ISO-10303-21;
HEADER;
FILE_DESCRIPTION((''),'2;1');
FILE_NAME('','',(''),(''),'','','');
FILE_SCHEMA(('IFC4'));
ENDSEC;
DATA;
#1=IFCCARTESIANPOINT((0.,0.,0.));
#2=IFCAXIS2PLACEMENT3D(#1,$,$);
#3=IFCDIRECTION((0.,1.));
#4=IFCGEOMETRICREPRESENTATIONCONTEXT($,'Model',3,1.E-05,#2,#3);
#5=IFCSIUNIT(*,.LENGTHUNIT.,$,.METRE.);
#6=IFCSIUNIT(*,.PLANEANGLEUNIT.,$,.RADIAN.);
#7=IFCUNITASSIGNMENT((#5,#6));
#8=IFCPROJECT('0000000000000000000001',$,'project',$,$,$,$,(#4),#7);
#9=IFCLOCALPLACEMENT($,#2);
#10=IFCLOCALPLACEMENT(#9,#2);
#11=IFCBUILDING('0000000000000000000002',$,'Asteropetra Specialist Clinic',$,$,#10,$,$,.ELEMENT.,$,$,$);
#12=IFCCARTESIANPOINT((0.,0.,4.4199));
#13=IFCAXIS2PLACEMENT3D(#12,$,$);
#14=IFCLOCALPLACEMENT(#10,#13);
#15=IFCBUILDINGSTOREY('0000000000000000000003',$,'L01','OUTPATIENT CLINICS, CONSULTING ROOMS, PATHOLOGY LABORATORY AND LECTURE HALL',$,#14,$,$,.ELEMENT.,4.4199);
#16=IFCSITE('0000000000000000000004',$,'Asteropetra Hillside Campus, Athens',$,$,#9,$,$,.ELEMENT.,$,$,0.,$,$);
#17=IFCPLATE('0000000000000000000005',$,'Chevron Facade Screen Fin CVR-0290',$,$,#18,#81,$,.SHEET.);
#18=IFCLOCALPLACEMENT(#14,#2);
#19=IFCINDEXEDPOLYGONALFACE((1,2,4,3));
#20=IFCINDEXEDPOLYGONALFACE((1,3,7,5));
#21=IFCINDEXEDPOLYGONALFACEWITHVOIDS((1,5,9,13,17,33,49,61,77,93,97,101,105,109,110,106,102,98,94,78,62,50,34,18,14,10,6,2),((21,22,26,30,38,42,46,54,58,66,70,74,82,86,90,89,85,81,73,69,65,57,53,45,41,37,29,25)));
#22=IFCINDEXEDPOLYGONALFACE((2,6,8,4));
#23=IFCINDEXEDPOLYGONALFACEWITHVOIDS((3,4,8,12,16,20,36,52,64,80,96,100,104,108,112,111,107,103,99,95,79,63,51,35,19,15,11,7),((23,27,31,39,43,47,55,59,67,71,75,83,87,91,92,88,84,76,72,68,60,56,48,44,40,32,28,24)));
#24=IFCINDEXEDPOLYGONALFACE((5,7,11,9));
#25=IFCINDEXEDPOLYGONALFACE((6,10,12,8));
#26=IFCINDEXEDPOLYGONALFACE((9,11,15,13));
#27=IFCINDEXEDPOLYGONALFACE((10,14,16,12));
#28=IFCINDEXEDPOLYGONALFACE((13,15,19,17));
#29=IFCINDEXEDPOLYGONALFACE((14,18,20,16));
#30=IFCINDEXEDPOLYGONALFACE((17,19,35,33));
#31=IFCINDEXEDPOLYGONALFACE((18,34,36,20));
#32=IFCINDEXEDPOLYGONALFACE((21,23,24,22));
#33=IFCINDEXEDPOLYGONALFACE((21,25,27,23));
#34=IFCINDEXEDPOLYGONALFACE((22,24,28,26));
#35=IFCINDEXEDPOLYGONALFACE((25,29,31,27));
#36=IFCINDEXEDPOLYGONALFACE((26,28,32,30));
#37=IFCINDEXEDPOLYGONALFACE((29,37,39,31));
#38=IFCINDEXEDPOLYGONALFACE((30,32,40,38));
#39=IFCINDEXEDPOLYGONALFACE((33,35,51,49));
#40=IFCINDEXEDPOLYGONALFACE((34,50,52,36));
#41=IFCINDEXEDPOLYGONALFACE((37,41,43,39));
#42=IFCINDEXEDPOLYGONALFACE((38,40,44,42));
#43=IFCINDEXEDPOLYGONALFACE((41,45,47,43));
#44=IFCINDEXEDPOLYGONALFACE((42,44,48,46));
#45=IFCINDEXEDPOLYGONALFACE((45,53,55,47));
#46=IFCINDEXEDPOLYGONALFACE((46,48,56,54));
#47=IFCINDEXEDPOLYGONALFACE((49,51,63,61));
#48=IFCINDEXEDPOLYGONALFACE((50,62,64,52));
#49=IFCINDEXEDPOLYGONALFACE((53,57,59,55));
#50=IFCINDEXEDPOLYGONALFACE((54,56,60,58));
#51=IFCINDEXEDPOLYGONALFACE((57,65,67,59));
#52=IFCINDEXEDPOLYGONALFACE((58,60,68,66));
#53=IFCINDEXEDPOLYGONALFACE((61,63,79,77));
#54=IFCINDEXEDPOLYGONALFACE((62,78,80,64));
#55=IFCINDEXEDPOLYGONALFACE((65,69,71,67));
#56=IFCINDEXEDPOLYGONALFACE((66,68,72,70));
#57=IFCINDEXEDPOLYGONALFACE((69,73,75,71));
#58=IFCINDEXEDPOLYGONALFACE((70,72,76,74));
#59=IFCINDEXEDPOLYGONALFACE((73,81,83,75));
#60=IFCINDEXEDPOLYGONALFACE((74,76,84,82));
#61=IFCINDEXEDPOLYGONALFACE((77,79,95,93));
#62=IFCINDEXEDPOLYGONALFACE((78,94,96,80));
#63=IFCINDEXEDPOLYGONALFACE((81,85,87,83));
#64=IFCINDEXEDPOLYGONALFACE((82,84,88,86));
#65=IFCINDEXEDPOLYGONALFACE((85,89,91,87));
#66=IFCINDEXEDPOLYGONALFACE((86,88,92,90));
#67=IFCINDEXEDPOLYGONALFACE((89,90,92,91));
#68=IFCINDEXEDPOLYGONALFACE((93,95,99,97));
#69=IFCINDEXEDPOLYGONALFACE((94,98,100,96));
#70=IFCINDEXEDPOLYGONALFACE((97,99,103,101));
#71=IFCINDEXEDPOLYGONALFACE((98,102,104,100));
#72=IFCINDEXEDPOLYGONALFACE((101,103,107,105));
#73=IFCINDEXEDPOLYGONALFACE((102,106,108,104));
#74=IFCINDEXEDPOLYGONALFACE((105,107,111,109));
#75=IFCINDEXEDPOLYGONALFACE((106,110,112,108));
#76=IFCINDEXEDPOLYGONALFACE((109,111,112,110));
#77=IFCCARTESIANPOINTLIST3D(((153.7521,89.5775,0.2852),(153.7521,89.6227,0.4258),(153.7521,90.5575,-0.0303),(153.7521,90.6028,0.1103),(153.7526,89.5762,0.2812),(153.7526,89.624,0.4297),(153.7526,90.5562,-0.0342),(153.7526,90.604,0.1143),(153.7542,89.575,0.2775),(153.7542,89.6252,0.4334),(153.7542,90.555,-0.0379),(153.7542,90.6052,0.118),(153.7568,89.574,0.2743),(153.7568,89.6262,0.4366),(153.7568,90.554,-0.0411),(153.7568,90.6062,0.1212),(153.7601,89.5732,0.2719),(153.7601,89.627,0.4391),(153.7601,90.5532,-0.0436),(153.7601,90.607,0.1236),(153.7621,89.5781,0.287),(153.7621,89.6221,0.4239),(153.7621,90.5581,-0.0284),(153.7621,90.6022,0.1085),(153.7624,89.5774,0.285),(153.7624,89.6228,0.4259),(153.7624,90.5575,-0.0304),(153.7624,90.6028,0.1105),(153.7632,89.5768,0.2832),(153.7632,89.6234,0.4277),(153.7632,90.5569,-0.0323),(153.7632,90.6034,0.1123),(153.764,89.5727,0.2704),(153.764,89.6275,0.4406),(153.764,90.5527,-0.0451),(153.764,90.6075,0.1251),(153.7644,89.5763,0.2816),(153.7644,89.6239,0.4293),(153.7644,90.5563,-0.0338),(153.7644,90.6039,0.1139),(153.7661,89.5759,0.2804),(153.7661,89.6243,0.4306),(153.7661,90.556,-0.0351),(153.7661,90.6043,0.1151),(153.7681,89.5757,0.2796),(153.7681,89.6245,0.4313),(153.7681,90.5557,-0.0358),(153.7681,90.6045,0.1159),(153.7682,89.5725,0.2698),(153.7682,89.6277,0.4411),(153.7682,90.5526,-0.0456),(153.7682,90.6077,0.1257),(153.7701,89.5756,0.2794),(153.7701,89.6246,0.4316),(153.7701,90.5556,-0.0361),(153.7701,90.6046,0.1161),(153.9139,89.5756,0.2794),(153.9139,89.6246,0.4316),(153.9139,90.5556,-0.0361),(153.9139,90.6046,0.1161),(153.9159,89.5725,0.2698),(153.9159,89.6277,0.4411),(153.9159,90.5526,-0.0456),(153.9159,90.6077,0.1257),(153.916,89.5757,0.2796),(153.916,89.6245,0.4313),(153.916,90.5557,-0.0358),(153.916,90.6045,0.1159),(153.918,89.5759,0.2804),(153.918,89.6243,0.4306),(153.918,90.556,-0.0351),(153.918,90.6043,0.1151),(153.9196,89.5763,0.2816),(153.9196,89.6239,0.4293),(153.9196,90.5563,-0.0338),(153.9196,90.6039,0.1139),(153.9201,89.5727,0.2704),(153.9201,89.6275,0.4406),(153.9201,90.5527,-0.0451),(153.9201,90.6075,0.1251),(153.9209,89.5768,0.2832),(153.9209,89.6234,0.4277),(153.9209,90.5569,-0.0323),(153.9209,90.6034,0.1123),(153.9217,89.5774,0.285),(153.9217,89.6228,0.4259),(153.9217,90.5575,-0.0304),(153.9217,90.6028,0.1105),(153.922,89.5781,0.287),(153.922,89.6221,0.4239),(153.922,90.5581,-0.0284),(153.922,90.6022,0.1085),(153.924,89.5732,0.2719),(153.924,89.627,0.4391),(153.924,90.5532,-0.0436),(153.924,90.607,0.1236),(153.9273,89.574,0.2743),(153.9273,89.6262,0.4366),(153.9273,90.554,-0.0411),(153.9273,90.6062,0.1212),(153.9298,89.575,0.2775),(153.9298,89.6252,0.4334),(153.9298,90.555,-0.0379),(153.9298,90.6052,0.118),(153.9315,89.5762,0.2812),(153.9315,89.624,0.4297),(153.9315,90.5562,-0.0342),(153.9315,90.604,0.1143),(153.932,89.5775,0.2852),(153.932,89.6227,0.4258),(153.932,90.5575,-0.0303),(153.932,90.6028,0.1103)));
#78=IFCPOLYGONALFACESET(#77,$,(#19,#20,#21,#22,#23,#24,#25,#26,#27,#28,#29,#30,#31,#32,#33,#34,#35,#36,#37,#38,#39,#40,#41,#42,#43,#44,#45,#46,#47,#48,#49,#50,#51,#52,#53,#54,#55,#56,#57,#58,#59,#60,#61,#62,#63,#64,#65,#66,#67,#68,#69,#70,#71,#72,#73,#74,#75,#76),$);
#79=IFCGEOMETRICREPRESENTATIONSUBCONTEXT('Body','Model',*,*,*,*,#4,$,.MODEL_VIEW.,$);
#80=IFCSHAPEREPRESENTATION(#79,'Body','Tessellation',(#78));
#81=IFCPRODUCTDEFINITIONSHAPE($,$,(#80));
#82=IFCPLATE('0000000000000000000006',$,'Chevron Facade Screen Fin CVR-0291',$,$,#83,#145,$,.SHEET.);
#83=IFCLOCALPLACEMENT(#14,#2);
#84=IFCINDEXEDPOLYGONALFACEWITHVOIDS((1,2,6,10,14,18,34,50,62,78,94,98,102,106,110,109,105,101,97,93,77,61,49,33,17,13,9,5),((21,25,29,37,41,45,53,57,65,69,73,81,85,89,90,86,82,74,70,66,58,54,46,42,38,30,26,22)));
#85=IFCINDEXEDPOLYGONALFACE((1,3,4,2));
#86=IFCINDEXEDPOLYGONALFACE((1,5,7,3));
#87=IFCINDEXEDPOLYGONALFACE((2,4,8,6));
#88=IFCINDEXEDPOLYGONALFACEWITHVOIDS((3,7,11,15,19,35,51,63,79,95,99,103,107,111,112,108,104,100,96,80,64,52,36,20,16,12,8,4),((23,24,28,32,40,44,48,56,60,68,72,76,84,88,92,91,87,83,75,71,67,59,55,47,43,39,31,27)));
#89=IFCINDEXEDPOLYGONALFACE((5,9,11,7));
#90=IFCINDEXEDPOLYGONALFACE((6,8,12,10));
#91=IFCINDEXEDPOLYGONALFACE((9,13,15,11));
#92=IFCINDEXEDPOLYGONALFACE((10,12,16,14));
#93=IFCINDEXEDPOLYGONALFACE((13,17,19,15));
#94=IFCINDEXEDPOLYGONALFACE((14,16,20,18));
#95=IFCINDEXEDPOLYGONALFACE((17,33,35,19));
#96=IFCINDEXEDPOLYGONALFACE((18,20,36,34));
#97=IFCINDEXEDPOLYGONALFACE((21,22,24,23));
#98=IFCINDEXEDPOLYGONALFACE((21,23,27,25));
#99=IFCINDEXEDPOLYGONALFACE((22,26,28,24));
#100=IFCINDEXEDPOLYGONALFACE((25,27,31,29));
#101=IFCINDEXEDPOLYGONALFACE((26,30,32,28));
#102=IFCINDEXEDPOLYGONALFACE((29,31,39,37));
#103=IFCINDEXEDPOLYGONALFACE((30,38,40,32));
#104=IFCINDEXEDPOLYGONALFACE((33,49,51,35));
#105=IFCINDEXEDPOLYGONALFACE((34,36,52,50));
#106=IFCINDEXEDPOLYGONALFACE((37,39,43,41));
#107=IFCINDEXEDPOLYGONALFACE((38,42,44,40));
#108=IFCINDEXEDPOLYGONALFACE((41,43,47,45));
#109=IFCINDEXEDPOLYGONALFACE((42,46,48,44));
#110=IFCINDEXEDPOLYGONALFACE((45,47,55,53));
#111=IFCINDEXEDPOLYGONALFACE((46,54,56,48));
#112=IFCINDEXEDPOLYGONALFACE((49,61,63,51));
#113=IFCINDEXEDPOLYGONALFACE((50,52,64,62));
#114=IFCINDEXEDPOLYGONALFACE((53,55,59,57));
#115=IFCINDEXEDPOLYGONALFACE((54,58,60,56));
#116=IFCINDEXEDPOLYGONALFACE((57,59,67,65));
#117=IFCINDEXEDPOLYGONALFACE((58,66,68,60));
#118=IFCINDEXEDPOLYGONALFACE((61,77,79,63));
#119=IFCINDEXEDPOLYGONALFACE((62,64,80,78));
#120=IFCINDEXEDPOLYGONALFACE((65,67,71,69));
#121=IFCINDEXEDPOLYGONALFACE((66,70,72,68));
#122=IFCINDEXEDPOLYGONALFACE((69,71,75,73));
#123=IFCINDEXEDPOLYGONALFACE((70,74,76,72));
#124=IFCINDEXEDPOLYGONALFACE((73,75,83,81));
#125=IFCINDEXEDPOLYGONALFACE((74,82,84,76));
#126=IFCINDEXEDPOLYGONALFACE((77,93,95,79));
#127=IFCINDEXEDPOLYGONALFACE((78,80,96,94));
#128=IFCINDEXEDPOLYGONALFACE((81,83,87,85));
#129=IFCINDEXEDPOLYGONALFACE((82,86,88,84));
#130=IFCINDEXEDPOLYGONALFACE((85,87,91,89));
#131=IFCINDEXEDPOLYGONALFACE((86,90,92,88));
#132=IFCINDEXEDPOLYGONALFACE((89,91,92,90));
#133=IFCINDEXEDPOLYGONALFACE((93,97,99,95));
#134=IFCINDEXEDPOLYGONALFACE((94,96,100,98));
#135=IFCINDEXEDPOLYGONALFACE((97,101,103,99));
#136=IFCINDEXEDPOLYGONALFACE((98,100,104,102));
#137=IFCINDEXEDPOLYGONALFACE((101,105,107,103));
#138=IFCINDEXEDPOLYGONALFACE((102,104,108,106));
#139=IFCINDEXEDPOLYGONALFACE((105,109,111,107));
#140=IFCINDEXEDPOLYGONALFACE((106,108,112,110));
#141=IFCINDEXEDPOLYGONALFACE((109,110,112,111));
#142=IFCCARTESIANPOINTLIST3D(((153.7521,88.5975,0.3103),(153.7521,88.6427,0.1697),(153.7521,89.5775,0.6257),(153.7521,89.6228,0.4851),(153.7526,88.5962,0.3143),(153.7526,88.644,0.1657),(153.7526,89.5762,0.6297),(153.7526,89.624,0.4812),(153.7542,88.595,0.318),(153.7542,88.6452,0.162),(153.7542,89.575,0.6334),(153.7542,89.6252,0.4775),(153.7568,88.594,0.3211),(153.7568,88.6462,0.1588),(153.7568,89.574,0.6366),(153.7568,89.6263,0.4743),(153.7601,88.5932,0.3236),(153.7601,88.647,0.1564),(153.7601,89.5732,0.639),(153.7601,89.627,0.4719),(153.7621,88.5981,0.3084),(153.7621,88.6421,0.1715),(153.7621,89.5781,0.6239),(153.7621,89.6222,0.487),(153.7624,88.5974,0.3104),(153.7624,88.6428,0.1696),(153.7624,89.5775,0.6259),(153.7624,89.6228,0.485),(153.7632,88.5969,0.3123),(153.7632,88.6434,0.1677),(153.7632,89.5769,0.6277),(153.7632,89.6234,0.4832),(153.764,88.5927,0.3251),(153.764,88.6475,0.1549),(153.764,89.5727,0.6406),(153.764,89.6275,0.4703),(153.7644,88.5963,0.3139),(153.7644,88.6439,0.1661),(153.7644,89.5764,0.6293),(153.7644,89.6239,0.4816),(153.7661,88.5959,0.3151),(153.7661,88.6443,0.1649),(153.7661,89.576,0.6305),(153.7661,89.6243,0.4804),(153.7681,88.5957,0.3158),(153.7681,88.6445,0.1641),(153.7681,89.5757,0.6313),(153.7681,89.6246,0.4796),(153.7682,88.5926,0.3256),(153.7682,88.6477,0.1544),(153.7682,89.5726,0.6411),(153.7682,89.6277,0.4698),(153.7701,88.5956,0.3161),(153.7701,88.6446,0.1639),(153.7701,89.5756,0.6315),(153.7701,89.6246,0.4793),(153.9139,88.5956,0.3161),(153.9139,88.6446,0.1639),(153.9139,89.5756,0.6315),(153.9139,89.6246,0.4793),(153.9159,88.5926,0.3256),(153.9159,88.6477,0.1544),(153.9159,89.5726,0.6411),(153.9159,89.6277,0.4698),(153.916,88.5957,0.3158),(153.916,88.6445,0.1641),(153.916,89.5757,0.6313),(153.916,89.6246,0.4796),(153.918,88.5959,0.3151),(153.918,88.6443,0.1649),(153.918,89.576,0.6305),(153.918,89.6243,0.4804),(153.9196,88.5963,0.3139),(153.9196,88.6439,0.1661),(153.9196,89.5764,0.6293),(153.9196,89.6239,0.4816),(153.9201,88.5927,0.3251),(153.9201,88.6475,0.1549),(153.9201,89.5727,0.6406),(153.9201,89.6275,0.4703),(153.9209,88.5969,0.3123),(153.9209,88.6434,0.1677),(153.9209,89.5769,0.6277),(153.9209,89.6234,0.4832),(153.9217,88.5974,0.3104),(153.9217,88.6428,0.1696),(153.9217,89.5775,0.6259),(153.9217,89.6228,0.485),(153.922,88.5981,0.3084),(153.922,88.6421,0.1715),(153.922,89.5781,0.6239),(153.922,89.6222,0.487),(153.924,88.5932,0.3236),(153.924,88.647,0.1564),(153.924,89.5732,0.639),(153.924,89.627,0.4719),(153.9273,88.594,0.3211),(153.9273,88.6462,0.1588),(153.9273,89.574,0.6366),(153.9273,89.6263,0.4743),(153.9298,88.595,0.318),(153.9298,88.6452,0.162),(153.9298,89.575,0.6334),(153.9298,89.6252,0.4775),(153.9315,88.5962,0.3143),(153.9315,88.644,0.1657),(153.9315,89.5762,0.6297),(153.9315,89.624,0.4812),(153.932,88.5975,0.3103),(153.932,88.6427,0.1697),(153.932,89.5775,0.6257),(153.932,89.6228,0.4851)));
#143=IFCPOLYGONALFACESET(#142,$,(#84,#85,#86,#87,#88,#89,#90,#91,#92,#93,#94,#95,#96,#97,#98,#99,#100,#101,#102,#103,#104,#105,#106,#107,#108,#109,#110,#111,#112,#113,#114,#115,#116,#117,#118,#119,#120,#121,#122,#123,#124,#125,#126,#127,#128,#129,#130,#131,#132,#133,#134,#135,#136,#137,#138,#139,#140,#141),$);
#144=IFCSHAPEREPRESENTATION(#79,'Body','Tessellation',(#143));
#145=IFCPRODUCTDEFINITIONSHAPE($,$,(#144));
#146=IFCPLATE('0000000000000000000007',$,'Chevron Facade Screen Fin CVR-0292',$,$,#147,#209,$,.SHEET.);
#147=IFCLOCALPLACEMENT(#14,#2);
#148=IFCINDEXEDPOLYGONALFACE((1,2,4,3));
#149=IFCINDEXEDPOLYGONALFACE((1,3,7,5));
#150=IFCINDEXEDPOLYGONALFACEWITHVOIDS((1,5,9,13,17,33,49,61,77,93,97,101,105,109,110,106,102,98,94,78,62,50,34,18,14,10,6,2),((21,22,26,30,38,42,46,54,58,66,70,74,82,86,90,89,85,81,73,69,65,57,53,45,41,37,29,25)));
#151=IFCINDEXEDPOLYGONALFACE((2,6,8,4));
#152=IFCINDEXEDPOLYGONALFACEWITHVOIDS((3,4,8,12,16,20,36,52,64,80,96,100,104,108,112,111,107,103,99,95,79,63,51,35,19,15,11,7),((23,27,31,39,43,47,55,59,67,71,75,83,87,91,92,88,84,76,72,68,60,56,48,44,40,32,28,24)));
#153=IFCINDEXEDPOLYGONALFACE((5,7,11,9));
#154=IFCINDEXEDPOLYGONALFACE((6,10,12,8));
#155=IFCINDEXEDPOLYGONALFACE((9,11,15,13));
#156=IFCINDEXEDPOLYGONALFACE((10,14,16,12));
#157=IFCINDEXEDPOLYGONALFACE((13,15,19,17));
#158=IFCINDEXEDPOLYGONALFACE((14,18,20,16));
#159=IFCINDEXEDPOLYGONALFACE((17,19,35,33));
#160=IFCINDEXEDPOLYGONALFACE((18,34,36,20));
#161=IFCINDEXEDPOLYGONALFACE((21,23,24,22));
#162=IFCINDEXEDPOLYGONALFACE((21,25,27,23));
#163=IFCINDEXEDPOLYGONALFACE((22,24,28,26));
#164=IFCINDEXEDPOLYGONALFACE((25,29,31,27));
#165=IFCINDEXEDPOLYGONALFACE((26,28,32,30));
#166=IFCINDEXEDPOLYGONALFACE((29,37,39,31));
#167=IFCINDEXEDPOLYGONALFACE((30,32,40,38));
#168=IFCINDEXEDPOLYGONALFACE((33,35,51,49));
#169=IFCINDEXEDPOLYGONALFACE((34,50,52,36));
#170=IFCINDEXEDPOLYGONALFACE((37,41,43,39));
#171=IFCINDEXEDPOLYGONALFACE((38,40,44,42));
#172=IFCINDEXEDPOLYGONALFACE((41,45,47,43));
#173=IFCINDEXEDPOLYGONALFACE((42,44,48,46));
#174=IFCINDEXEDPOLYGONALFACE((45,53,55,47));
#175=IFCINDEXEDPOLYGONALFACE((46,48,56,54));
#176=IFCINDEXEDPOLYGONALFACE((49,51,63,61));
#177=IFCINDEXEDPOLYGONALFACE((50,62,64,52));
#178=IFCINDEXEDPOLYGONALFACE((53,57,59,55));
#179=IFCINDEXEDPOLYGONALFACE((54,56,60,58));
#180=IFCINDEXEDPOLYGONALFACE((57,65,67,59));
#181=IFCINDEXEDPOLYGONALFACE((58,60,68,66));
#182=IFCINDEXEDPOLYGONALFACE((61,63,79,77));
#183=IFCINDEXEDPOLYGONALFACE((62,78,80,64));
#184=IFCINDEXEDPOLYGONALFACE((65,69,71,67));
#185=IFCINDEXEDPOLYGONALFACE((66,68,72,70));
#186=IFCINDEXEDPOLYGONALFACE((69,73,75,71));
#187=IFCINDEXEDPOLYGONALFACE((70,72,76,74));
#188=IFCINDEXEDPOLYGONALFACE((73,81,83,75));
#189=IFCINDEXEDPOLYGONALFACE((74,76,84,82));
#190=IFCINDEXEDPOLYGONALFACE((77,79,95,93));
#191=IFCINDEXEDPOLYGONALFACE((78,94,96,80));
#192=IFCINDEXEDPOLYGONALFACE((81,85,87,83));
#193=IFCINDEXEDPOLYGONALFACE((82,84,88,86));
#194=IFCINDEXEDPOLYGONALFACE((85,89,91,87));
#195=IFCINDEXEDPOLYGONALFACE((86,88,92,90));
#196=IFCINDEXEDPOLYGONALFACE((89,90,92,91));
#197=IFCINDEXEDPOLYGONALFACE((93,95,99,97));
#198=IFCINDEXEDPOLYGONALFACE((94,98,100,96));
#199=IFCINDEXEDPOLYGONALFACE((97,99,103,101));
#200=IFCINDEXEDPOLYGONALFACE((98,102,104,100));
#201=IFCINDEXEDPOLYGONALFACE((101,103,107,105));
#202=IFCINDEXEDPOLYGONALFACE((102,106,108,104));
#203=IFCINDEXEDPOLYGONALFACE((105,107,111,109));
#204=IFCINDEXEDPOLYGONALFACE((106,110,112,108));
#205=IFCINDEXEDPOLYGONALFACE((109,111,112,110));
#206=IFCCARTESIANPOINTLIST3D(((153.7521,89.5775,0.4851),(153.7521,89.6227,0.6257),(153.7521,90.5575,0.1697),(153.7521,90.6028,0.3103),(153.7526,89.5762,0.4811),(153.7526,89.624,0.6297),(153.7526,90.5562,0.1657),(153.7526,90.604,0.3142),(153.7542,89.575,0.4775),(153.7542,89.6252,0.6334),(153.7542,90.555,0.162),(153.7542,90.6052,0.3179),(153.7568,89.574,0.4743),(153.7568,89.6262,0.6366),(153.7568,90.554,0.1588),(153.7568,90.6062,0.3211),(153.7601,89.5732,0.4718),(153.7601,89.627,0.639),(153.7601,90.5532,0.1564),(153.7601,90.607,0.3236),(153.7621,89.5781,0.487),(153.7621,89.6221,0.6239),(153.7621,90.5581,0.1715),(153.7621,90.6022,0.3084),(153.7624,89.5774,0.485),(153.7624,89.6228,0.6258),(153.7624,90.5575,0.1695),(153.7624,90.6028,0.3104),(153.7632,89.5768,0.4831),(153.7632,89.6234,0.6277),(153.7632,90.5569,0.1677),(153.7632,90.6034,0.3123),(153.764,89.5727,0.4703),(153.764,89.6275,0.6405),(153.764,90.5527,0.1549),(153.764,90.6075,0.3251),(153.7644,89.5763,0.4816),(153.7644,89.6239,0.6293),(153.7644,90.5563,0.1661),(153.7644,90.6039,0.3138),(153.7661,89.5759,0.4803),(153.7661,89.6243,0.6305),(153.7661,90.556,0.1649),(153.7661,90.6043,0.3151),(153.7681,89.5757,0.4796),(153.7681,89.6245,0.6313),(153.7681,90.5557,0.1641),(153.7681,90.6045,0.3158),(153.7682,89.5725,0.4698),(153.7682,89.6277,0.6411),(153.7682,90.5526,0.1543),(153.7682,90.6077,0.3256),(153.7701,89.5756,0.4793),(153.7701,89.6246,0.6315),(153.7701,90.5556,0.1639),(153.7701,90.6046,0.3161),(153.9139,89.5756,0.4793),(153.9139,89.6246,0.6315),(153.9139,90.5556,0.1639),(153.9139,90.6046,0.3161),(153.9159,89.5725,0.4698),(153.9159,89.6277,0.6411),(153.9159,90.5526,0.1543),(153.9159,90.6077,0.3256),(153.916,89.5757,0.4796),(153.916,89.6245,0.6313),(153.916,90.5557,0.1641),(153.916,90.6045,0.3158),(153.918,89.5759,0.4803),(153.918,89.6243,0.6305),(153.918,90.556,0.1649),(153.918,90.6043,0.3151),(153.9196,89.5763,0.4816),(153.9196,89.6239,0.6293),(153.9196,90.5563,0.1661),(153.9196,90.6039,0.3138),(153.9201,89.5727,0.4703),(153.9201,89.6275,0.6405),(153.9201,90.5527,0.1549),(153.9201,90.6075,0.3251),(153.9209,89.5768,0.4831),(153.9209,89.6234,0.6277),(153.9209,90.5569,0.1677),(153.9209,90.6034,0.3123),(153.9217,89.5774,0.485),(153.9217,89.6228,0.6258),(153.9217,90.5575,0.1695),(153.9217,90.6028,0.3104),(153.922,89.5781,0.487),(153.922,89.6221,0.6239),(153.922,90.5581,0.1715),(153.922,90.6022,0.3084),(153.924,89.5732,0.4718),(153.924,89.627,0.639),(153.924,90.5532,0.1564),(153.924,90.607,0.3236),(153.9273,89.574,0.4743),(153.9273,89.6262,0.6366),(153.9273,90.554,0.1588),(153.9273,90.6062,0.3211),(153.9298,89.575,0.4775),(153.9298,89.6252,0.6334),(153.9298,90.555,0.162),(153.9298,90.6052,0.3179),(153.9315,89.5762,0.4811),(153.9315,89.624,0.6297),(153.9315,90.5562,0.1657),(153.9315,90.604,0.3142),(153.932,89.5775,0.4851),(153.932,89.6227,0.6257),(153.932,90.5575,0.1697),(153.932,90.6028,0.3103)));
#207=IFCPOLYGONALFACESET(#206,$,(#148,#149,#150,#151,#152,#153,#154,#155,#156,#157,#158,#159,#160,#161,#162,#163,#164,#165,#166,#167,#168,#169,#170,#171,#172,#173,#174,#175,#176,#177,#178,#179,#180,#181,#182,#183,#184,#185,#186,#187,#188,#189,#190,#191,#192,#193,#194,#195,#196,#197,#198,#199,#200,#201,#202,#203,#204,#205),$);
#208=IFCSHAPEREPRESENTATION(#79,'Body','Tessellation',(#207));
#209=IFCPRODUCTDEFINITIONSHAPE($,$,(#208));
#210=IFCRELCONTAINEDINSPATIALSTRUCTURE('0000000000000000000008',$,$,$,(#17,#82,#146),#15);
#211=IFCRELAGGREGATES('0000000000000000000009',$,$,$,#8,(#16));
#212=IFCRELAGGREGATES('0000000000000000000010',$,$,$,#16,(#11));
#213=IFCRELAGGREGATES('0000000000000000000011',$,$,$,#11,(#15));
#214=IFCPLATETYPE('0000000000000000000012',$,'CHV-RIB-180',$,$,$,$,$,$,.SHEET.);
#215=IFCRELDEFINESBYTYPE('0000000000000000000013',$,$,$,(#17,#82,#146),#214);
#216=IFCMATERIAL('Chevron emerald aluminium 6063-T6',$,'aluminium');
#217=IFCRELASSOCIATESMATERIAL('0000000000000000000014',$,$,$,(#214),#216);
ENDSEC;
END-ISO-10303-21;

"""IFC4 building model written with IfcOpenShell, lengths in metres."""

from ifc_helpers import new_model, si_unit, direction, frame, origin, origin_2d, place, context, subcontext, project, spatial, hollow_rectangle, extrude, material, material_profile, profile_set, type_object, element, save


model = new_model("IFC4")

# Units and contexts
model_context = context("Model", 3, precision=1e-05, world=origin(), true_north=direction((0.0, 1.0)))
body_context = subcontext(model_context, "Body", "Model", "MODEL_VIEW")
ifc_project = project(units=[si_unit("LENGTHUNIT", "METRE"), si_unit("PLANEANGLEUNIT", "RADIAN")], contexts=[model_context])

# Site, building, storey
site_placement = place(None, origin())
site = spatial("IfcSite", under=ifc_project, at=site_placement, Name="Asteropetra Hillside Campus, Athens", CompositionType="ELEMENT", RefElevation=0.0)
building_placement = place(site_placement, origin())
building = spatial("IfcBuilding", under=site, at=building_placement, Name="Asteropetra Specialist Clinic", CompositionType="ELEMENT")
storey_placement = place(building_placement, frame((0.0, 0.0, 4.4199)))
storey = spatial("IfcBuildingStorey", under=building, at=storey_placement, Name="L01", Description="OUTPATIENT CLINICS, CONSULTING ROOMS, PATHOLOGY LABORATORY AND LECTURE HALL", CompositionType="ELEMENT", Elevation=4.4199)

# Plates
ifc_material = material(Name="Chevron emerald aluminium 6063-T6", Category="aluminium")
ifc_material_profile = material_profile(ifc_material, hollow_rectangle(XDim=0.1799, YDim=0.1799, WallThickness=0.01, InnerFilletRadius=0.0081, OuterFilletRadius=0.0161, at=origin_2d()), Name="SHS 180x180x10.0")
ifc_profile_set = profile_set([ifc_material_profile], Name="Chevron emerald aluminium 6063-T6")
plate_type = type_object("IfcPlateType", Name="CHV-RIB-180", PredefinedType="SHEET", material=ifc_profile_set)
for number, where, z_axis, x_axis, name in (
    (1, (153.842, 89.6001, 0.3555), (0.0, 0.951905, -0.306393), (-1.0, 0.0, 0.0), "Chevron Facade Screen Fin CVR-0290"),
    (2, (153.842, 88.6201, 0.24), (0.0, 0.951905, 0.306393), (-1.0, 0.0, 0.0), "Chevron Facade Screen Fin CVR-0291"),
    (3, (153.842, 89.6001, 0.5554), (0.0, 0.951905, -0.306393), (-1.0, 0.0, 0.0), "Chevron Facade Screen Fin CVR-0292"),
):
    element("IfcPlate", number, at=place(storey_placement, frame(where, z_axis=z_axis, x_axis=x_axis)), inside=storey, type_object=plate_type, Name=name, PredefinedType="SHEET", context=body_context, shape_type="SweptSolid", body=[
        extrude(hollow_rectangle(XDim=0.1799, YDim=0.1799, WallThickness=0.01, InnerFilletRadius=0.0081, OuterFilletRadius=0.0161, at=origin_2d()), origin(), (0.0, 0.0, 1.0), 1.0295),
    ])

save(model, "model.ifc")
